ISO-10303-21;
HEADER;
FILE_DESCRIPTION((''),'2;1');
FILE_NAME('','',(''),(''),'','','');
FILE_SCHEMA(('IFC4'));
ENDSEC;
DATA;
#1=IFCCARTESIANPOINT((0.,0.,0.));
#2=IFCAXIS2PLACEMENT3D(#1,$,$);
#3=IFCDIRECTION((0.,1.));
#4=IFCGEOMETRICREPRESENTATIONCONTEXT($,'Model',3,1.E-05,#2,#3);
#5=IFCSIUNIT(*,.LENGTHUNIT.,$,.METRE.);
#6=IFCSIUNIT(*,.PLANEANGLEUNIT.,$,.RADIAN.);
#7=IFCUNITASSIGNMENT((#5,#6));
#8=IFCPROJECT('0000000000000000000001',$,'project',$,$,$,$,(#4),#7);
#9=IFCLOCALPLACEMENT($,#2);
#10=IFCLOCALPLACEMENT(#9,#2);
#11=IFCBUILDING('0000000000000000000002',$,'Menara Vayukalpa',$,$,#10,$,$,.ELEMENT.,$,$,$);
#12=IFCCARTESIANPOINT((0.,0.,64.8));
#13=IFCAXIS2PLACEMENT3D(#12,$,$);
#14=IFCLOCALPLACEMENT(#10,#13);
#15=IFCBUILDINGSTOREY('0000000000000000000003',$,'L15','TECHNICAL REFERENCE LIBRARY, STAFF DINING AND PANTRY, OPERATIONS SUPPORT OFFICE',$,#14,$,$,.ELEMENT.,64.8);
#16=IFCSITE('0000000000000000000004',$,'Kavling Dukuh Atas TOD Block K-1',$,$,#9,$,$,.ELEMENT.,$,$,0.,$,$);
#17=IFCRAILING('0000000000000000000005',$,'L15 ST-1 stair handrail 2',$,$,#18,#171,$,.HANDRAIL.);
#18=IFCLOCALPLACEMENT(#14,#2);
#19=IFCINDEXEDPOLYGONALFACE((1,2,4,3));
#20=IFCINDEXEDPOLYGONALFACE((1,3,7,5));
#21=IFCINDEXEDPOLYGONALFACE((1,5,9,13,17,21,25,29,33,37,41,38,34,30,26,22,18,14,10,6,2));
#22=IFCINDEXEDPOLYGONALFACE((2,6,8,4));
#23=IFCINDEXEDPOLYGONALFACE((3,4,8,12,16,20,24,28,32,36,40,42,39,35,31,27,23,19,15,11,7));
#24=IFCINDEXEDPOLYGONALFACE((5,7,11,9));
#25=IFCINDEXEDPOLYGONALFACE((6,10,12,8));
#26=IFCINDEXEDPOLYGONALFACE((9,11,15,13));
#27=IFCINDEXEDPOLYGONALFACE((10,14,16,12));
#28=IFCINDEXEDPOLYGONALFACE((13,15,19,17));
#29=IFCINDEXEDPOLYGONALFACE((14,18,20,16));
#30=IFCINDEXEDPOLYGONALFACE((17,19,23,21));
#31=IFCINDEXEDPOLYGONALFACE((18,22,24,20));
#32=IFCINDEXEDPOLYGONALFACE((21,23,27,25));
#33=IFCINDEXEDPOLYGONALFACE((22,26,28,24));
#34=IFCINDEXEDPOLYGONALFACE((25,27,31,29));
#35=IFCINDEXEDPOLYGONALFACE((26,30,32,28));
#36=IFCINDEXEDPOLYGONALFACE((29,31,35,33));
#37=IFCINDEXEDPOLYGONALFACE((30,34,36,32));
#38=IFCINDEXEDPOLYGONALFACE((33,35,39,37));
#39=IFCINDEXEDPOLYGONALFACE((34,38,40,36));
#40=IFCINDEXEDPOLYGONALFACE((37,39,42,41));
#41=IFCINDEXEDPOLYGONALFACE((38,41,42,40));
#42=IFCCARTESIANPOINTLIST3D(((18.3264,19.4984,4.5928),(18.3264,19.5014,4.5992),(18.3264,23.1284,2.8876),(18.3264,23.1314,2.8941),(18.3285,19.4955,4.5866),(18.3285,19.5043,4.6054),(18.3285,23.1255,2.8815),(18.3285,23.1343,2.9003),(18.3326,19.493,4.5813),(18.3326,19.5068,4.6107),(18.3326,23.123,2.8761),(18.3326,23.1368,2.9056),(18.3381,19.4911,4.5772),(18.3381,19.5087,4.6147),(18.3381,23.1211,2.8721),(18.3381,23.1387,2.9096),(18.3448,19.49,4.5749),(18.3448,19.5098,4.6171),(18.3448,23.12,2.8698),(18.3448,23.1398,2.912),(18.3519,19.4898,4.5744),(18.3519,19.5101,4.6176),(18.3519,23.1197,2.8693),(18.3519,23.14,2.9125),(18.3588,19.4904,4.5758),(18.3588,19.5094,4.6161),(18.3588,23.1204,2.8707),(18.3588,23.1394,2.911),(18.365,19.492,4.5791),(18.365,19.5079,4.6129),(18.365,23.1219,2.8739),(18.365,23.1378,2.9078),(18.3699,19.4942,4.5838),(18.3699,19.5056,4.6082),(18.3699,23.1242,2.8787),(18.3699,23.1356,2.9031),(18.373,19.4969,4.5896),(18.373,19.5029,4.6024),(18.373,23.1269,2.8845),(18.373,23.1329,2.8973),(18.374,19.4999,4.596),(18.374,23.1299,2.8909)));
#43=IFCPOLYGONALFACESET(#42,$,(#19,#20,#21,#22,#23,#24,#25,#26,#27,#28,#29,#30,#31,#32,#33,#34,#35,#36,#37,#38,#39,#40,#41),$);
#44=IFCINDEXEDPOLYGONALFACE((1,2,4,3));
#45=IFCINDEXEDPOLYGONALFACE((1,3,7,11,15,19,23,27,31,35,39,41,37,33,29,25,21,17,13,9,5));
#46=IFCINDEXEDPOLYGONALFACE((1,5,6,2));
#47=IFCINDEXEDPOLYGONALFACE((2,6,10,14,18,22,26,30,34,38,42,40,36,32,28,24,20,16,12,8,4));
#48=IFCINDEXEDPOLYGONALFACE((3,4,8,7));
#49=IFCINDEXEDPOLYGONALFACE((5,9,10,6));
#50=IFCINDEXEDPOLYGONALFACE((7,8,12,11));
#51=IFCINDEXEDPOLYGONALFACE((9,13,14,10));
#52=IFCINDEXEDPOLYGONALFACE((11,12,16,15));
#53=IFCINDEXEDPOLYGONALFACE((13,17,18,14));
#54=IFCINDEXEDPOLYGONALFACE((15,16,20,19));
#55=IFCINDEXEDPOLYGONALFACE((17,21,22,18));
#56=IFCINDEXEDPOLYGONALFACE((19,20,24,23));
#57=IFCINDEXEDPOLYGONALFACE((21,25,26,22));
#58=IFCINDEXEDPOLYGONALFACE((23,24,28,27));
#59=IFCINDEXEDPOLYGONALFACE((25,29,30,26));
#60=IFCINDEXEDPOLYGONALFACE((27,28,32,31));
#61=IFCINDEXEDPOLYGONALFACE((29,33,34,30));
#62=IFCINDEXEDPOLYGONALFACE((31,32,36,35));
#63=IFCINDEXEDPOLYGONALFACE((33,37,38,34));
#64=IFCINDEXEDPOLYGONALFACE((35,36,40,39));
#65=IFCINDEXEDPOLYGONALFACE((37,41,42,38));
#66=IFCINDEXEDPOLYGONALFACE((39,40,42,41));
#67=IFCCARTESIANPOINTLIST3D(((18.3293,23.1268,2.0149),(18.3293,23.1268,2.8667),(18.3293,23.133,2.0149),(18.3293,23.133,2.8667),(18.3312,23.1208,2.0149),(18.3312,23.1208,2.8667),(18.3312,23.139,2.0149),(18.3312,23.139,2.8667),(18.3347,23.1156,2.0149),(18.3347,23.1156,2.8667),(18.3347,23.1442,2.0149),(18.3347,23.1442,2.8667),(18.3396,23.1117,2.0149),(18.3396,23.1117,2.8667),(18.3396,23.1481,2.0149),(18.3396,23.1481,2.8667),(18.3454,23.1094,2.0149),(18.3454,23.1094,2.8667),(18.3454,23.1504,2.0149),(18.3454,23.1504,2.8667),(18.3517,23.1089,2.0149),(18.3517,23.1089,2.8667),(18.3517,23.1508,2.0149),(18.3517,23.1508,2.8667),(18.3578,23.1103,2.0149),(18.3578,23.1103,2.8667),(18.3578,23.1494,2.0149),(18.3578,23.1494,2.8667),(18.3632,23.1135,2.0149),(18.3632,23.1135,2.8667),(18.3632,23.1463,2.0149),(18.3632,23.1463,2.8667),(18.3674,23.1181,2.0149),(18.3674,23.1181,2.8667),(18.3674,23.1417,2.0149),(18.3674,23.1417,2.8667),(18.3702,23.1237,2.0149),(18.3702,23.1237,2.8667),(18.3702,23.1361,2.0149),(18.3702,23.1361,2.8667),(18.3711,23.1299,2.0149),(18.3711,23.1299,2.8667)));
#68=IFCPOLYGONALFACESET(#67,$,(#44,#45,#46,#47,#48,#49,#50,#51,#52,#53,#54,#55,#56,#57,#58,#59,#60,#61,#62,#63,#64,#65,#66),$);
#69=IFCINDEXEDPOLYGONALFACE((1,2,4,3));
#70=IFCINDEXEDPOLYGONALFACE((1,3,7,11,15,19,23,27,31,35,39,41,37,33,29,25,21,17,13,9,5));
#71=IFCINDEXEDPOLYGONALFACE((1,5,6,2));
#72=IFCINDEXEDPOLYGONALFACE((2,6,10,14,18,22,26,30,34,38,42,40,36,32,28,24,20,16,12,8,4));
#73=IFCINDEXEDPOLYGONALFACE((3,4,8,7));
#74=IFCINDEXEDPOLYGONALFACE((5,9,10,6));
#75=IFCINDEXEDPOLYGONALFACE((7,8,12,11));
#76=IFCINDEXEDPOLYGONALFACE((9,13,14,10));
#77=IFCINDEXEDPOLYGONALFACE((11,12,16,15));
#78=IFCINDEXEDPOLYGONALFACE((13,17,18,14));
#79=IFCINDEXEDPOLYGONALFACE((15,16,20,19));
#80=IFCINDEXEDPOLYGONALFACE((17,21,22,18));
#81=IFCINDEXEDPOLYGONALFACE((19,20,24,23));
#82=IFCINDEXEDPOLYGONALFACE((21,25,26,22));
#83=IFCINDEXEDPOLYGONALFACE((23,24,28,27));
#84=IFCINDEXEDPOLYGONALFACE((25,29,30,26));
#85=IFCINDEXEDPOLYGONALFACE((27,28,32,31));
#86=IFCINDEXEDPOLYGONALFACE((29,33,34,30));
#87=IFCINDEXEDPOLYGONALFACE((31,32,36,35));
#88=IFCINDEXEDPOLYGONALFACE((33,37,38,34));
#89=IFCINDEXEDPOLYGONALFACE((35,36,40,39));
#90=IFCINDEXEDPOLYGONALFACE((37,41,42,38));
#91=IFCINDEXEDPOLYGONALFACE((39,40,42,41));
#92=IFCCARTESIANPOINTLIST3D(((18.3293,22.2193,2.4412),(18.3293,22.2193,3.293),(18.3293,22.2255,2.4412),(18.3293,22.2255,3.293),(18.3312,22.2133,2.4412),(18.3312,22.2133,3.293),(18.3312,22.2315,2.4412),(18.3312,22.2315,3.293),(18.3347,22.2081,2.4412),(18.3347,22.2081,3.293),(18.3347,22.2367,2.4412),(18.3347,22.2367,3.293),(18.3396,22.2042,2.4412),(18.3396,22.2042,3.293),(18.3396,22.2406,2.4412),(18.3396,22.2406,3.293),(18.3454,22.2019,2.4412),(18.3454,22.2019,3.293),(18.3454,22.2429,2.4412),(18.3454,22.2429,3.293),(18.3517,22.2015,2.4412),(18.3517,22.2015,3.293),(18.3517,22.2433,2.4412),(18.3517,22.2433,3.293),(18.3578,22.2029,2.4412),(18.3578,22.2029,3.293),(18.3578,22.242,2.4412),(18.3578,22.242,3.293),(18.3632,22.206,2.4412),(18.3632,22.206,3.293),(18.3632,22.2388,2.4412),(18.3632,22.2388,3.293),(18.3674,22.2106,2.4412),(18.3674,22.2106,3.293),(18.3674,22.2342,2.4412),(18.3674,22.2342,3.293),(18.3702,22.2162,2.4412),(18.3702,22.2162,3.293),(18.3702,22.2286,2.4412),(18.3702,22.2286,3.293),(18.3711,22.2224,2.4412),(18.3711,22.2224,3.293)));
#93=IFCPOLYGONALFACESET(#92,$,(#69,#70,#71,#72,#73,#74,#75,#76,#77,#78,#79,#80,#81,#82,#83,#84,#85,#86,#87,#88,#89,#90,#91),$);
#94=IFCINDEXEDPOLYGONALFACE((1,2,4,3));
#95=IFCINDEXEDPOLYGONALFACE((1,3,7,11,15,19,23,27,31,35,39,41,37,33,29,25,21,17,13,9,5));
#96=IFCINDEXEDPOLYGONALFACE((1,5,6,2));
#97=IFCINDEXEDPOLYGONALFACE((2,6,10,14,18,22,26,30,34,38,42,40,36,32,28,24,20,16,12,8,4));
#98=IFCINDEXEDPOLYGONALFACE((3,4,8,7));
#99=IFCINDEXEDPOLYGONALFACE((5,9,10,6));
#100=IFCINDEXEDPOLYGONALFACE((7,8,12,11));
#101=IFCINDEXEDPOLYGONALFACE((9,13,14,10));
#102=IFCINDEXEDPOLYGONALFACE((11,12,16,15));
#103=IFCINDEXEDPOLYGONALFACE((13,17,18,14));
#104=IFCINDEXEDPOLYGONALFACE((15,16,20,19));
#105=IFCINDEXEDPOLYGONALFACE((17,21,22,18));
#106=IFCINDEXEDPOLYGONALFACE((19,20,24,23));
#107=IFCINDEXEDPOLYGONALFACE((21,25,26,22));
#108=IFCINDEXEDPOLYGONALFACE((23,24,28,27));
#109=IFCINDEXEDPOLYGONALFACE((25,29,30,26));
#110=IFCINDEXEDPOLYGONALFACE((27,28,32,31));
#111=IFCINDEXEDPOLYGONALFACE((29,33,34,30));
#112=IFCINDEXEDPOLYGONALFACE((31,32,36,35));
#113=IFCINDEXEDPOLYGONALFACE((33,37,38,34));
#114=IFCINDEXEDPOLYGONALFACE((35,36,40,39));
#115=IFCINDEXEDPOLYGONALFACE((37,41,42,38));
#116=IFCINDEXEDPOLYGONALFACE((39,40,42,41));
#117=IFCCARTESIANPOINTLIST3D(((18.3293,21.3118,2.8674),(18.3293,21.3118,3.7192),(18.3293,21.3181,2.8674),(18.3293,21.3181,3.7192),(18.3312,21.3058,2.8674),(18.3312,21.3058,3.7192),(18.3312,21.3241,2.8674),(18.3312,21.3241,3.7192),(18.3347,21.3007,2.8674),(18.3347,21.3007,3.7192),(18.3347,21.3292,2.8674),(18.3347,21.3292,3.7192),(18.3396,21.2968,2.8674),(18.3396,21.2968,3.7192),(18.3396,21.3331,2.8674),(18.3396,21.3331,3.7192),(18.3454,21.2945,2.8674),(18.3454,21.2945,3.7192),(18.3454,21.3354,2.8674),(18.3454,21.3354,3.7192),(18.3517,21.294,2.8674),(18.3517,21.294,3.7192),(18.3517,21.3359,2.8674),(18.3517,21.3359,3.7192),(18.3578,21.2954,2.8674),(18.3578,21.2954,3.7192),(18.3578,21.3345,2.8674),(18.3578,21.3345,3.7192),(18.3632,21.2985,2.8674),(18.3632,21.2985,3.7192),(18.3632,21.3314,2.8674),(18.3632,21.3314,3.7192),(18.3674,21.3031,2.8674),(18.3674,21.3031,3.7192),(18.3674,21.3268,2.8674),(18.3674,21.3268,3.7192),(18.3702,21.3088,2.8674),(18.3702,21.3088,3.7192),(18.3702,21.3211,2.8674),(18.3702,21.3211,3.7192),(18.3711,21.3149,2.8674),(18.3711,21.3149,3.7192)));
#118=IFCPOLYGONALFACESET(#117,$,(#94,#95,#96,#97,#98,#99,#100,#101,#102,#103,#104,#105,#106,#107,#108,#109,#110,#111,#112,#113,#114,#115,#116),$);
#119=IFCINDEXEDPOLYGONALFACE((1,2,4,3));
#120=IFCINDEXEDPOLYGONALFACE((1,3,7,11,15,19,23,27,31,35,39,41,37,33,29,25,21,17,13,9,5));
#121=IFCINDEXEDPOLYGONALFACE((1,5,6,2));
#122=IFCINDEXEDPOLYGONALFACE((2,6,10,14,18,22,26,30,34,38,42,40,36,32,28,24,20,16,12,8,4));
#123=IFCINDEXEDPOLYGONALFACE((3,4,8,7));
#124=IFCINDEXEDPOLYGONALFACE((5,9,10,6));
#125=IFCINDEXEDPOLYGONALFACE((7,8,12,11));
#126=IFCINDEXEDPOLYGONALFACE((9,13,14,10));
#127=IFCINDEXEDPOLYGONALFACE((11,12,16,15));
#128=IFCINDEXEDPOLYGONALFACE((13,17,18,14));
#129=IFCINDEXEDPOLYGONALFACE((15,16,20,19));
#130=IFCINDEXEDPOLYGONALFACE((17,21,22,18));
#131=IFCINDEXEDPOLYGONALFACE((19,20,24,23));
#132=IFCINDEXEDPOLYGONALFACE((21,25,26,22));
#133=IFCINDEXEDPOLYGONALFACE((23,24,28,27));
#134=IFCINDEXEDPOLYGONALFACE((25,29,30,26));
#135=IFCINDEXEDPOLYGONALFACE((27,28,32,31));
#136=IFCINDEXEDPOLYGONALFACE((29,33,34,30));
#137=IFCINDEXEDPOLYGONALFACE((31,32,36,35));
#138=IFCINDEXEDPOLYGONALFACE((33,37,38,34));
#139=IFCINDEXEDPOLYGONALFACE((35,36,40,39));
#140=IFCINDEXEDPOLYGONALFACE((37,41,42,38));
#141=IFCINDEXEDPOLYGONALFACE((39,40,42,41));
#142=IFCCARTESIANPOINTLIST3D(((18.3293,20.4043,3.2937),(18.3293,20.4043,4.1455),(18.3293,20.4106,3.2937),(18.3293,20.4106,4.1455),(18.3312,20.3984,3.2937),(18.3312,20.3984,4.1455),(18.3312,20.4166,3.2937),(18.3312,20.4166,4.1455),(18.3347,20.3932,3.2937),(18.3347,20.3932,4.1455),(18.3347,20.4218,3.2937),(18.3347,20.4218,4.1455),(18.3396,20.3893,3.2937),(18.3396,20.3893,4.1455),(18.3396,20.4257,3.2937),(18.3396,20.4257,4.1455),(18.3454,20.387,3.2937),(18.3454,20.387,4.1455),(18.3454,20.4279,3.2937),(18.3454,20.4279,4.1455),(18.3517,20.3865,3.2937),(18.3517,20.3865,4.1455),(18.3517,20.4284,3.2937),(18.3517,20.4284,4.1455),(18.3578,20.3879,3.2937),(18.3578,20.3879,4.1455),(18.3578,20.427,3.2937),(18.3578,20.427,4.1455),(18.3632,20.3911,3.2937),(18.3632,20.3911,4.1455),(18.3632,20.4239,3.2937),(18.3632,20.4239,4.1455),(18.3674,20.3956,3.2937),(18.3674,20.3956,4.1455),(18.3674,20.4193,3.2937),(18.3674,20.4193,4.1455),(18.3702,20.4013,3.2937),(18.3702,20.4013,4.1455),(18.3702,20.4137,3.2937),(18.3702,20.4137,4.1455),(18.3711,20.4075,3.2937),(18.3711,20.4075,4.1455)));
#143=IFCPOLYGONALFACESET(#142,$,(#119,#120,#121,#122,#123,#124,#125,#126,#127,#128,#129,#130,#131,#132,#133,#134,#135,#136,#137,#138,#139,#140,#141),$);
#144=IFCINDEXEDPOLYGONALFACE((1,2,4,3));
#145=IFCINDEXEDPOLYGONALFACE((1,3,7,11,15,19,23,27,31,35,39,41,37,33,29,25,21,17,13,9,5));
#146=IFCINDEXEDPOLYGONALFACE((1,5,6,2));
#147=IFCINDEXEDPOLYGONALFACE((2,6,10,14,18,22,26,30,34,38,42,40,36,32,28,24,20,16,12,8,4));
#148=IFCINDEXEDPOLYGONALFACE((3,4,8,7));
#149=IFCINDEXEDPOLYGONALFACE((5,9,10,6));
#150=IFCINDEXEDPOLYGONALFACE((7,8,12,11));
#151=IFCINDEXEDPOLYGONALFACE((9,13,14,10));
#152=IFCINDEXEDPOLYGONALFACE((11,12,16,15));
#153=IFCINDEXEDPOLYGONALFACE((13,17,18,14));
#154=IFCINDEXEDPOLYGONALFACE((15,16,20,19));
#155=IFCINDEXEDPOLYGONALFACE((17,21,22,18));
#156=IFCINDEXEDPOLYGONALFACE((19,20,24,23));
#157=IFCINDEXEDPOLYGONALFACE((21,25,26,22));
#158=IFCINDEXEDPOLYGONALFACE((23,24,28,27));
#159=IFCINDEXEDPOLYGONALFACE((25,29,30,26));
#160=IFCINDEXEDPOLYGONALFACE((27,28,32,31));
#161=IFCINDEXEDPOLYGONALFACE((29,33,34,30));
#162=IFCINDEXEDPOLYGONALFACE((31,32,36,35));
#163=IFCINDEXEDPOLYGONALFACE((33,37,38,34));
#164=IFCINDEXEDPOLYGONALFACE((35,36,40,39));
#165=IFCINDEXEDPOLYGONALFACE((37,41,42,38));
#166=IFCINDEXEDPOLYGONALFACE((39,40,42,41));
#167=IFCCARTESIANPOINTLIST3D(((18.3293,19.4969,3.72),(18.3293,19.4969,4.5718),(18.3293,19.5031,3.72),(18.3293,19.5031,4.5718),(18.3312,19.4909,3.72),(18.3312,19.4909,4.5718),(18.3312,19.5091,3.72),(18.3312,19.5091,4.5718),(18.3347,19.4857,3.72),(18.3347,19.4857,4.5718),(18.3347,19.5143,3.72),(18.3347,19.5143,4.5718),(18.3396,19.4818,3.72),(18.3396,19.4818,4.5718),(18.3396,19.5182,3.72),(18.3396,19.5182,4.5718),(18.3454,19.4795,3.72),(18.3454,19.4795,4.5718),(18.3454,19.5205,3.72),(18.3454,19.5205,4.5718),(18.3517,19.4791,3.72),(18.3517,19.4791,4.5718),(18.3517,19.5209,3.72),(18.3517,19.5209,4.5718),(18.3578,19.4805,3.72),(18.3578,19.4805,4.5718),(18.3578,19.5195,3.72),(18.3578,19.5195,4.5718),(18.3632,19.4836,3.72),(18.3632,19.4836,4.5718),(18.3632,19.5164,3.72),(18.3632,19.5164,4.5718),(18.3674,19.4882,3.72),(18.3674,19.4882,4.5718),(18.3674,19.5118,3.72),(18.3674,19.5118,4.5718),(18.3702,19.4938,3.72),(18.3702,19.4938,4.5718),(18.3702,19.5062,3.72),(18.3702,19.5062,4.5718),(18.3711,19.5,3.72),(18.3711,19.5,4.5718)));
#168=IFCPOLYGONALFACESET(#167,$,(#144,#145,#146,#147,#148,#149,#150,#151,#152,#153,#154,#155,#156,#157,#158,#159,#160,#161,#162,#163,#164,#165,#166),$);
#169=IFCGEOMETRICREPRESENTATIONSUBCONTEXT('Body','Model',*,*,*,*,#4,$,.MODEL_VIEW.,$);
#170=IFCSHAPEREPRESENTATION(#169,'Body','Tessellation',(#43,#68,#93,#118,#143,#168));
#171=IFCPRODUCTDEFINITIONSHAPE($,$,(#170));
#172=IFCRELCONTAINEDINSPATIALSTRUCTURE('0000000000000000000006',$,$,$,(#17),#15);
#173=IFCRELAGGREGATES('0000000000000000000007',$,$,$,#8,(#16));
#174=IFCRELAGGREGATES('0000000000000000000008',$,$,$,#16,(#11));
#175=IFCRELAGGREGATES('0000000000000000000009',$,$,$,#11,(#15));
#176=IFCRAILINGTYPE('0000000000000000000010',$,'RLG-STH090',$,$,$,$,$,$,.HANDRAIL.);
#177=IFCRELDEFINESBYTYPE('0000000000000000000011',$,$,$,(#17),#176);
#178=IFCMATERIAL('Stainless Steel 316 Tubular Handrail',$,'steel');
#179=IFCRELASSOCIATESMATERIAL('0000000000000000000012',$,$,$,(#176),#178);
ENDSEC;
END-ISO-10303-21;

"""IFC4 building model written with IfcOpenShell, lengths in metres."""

from ifc_helpers import new_model, si_unit, direction, frame, origin, origin_2d, place, context, subcontext, project, spatial, circle, extrude, material, type_object, element, save


model = new_model("IFC4")

# Units and contexts
model_context = context("Model", 3, precision=1e-05, world=origin(), true_north=direction((0.0, 1.0)))
body_context = subcontext(model_context, "Body", "Model", "MODEL_VIEW")
ifc_project = project(units=[si_unit("LENGTHUNIT", "METRE"), si_unit("PLANEANGLEUNIT", "RADIAN")], contexts=[model_context])

# Site, building, storey
site_placement = place(None, origin())
site = spatial("IfcSite", under=ifc_project, at=site_placement, Name="Kavling Dukuh Atas TOD Block K-1", CompositionType="ELEMENT", RefElevation=0.0)
building_placement = place(site_placement, origin())
building = spatial("IfcBuilding", under=site, at=building_placement, Name="Menara Vayukalpa", CompositionType="ELEMENT")
storey_placement = place(building_placement, frame((0.0, 0.0, 64.8)))
storey = spatial("IfcBuildingStorey", under=building, at=storey_placement, Name="L15", Description="TECHNICAL REFERENCE LIBRARY, STAFF DINING AND PANTRY, OPERATIONS SUPPORT OFFICE", CompositionType="ELEMENT", Elevation=64.8)

# Railing
ifc_material_1 = material(Name="Stainless Steel 316 Tubular Handrail", Category="steel")
railing_type_1 = type_object("IfcRailingType", Name="RLG-STH090", PredefinedType="HANDRAIL", material=ifc_material_1)
railing_1_placement = place(storey_placement, frame((18.3501, 23.1299, 2.0149)))
element("IfcRailing", 1, at=railing_1_placement, inside=storey, type_object=railing_type_1, Name="L15 ST-1 stair handrail 2", PredefinedType="HANDRAIL", context=body_context, shape_type="SweptSolid", body=[
    extrude(circle(Radius=0.0239, at=origin_2d()), frame((0.0, 0.0, 0.876), z_axis=(0.0, -0.905116, 0.425164), x_axis=(1.0, 0.0, 0.0)), (0.0, 0.0, 1.0), 4.0105),
    extrude(circle(Radius=0.021, at=origin_2d()), origin(), (0.0, 0.0, 1.0), 0.8518),
    extrude(circle(Radius=0.021, at=origin_2d()), frame((0.0, -0.9075, 0.4263)), (0.0, 0.0, 1.0), 0.8518),
    extrude(circle(Radius=0.021, at=origin_2d()), frame((0.0, -1.8149, 0.8525)), (0.0, 0.0, 1.0), 0.8518),
    extrude(circle(Radius=0.021, at=origin_2d()), frame((0.0, -2.7224, 1.2788)), (0.0, 0.0, 1.0), 0.8518),
    extrude(circle(Radius=0.021, at=origin_2d()), frame((0.0, -3.6299, 1.7051)), (0.0, 0.0, 1.0), 0.8518),
])

save(model, "model.ifc")
